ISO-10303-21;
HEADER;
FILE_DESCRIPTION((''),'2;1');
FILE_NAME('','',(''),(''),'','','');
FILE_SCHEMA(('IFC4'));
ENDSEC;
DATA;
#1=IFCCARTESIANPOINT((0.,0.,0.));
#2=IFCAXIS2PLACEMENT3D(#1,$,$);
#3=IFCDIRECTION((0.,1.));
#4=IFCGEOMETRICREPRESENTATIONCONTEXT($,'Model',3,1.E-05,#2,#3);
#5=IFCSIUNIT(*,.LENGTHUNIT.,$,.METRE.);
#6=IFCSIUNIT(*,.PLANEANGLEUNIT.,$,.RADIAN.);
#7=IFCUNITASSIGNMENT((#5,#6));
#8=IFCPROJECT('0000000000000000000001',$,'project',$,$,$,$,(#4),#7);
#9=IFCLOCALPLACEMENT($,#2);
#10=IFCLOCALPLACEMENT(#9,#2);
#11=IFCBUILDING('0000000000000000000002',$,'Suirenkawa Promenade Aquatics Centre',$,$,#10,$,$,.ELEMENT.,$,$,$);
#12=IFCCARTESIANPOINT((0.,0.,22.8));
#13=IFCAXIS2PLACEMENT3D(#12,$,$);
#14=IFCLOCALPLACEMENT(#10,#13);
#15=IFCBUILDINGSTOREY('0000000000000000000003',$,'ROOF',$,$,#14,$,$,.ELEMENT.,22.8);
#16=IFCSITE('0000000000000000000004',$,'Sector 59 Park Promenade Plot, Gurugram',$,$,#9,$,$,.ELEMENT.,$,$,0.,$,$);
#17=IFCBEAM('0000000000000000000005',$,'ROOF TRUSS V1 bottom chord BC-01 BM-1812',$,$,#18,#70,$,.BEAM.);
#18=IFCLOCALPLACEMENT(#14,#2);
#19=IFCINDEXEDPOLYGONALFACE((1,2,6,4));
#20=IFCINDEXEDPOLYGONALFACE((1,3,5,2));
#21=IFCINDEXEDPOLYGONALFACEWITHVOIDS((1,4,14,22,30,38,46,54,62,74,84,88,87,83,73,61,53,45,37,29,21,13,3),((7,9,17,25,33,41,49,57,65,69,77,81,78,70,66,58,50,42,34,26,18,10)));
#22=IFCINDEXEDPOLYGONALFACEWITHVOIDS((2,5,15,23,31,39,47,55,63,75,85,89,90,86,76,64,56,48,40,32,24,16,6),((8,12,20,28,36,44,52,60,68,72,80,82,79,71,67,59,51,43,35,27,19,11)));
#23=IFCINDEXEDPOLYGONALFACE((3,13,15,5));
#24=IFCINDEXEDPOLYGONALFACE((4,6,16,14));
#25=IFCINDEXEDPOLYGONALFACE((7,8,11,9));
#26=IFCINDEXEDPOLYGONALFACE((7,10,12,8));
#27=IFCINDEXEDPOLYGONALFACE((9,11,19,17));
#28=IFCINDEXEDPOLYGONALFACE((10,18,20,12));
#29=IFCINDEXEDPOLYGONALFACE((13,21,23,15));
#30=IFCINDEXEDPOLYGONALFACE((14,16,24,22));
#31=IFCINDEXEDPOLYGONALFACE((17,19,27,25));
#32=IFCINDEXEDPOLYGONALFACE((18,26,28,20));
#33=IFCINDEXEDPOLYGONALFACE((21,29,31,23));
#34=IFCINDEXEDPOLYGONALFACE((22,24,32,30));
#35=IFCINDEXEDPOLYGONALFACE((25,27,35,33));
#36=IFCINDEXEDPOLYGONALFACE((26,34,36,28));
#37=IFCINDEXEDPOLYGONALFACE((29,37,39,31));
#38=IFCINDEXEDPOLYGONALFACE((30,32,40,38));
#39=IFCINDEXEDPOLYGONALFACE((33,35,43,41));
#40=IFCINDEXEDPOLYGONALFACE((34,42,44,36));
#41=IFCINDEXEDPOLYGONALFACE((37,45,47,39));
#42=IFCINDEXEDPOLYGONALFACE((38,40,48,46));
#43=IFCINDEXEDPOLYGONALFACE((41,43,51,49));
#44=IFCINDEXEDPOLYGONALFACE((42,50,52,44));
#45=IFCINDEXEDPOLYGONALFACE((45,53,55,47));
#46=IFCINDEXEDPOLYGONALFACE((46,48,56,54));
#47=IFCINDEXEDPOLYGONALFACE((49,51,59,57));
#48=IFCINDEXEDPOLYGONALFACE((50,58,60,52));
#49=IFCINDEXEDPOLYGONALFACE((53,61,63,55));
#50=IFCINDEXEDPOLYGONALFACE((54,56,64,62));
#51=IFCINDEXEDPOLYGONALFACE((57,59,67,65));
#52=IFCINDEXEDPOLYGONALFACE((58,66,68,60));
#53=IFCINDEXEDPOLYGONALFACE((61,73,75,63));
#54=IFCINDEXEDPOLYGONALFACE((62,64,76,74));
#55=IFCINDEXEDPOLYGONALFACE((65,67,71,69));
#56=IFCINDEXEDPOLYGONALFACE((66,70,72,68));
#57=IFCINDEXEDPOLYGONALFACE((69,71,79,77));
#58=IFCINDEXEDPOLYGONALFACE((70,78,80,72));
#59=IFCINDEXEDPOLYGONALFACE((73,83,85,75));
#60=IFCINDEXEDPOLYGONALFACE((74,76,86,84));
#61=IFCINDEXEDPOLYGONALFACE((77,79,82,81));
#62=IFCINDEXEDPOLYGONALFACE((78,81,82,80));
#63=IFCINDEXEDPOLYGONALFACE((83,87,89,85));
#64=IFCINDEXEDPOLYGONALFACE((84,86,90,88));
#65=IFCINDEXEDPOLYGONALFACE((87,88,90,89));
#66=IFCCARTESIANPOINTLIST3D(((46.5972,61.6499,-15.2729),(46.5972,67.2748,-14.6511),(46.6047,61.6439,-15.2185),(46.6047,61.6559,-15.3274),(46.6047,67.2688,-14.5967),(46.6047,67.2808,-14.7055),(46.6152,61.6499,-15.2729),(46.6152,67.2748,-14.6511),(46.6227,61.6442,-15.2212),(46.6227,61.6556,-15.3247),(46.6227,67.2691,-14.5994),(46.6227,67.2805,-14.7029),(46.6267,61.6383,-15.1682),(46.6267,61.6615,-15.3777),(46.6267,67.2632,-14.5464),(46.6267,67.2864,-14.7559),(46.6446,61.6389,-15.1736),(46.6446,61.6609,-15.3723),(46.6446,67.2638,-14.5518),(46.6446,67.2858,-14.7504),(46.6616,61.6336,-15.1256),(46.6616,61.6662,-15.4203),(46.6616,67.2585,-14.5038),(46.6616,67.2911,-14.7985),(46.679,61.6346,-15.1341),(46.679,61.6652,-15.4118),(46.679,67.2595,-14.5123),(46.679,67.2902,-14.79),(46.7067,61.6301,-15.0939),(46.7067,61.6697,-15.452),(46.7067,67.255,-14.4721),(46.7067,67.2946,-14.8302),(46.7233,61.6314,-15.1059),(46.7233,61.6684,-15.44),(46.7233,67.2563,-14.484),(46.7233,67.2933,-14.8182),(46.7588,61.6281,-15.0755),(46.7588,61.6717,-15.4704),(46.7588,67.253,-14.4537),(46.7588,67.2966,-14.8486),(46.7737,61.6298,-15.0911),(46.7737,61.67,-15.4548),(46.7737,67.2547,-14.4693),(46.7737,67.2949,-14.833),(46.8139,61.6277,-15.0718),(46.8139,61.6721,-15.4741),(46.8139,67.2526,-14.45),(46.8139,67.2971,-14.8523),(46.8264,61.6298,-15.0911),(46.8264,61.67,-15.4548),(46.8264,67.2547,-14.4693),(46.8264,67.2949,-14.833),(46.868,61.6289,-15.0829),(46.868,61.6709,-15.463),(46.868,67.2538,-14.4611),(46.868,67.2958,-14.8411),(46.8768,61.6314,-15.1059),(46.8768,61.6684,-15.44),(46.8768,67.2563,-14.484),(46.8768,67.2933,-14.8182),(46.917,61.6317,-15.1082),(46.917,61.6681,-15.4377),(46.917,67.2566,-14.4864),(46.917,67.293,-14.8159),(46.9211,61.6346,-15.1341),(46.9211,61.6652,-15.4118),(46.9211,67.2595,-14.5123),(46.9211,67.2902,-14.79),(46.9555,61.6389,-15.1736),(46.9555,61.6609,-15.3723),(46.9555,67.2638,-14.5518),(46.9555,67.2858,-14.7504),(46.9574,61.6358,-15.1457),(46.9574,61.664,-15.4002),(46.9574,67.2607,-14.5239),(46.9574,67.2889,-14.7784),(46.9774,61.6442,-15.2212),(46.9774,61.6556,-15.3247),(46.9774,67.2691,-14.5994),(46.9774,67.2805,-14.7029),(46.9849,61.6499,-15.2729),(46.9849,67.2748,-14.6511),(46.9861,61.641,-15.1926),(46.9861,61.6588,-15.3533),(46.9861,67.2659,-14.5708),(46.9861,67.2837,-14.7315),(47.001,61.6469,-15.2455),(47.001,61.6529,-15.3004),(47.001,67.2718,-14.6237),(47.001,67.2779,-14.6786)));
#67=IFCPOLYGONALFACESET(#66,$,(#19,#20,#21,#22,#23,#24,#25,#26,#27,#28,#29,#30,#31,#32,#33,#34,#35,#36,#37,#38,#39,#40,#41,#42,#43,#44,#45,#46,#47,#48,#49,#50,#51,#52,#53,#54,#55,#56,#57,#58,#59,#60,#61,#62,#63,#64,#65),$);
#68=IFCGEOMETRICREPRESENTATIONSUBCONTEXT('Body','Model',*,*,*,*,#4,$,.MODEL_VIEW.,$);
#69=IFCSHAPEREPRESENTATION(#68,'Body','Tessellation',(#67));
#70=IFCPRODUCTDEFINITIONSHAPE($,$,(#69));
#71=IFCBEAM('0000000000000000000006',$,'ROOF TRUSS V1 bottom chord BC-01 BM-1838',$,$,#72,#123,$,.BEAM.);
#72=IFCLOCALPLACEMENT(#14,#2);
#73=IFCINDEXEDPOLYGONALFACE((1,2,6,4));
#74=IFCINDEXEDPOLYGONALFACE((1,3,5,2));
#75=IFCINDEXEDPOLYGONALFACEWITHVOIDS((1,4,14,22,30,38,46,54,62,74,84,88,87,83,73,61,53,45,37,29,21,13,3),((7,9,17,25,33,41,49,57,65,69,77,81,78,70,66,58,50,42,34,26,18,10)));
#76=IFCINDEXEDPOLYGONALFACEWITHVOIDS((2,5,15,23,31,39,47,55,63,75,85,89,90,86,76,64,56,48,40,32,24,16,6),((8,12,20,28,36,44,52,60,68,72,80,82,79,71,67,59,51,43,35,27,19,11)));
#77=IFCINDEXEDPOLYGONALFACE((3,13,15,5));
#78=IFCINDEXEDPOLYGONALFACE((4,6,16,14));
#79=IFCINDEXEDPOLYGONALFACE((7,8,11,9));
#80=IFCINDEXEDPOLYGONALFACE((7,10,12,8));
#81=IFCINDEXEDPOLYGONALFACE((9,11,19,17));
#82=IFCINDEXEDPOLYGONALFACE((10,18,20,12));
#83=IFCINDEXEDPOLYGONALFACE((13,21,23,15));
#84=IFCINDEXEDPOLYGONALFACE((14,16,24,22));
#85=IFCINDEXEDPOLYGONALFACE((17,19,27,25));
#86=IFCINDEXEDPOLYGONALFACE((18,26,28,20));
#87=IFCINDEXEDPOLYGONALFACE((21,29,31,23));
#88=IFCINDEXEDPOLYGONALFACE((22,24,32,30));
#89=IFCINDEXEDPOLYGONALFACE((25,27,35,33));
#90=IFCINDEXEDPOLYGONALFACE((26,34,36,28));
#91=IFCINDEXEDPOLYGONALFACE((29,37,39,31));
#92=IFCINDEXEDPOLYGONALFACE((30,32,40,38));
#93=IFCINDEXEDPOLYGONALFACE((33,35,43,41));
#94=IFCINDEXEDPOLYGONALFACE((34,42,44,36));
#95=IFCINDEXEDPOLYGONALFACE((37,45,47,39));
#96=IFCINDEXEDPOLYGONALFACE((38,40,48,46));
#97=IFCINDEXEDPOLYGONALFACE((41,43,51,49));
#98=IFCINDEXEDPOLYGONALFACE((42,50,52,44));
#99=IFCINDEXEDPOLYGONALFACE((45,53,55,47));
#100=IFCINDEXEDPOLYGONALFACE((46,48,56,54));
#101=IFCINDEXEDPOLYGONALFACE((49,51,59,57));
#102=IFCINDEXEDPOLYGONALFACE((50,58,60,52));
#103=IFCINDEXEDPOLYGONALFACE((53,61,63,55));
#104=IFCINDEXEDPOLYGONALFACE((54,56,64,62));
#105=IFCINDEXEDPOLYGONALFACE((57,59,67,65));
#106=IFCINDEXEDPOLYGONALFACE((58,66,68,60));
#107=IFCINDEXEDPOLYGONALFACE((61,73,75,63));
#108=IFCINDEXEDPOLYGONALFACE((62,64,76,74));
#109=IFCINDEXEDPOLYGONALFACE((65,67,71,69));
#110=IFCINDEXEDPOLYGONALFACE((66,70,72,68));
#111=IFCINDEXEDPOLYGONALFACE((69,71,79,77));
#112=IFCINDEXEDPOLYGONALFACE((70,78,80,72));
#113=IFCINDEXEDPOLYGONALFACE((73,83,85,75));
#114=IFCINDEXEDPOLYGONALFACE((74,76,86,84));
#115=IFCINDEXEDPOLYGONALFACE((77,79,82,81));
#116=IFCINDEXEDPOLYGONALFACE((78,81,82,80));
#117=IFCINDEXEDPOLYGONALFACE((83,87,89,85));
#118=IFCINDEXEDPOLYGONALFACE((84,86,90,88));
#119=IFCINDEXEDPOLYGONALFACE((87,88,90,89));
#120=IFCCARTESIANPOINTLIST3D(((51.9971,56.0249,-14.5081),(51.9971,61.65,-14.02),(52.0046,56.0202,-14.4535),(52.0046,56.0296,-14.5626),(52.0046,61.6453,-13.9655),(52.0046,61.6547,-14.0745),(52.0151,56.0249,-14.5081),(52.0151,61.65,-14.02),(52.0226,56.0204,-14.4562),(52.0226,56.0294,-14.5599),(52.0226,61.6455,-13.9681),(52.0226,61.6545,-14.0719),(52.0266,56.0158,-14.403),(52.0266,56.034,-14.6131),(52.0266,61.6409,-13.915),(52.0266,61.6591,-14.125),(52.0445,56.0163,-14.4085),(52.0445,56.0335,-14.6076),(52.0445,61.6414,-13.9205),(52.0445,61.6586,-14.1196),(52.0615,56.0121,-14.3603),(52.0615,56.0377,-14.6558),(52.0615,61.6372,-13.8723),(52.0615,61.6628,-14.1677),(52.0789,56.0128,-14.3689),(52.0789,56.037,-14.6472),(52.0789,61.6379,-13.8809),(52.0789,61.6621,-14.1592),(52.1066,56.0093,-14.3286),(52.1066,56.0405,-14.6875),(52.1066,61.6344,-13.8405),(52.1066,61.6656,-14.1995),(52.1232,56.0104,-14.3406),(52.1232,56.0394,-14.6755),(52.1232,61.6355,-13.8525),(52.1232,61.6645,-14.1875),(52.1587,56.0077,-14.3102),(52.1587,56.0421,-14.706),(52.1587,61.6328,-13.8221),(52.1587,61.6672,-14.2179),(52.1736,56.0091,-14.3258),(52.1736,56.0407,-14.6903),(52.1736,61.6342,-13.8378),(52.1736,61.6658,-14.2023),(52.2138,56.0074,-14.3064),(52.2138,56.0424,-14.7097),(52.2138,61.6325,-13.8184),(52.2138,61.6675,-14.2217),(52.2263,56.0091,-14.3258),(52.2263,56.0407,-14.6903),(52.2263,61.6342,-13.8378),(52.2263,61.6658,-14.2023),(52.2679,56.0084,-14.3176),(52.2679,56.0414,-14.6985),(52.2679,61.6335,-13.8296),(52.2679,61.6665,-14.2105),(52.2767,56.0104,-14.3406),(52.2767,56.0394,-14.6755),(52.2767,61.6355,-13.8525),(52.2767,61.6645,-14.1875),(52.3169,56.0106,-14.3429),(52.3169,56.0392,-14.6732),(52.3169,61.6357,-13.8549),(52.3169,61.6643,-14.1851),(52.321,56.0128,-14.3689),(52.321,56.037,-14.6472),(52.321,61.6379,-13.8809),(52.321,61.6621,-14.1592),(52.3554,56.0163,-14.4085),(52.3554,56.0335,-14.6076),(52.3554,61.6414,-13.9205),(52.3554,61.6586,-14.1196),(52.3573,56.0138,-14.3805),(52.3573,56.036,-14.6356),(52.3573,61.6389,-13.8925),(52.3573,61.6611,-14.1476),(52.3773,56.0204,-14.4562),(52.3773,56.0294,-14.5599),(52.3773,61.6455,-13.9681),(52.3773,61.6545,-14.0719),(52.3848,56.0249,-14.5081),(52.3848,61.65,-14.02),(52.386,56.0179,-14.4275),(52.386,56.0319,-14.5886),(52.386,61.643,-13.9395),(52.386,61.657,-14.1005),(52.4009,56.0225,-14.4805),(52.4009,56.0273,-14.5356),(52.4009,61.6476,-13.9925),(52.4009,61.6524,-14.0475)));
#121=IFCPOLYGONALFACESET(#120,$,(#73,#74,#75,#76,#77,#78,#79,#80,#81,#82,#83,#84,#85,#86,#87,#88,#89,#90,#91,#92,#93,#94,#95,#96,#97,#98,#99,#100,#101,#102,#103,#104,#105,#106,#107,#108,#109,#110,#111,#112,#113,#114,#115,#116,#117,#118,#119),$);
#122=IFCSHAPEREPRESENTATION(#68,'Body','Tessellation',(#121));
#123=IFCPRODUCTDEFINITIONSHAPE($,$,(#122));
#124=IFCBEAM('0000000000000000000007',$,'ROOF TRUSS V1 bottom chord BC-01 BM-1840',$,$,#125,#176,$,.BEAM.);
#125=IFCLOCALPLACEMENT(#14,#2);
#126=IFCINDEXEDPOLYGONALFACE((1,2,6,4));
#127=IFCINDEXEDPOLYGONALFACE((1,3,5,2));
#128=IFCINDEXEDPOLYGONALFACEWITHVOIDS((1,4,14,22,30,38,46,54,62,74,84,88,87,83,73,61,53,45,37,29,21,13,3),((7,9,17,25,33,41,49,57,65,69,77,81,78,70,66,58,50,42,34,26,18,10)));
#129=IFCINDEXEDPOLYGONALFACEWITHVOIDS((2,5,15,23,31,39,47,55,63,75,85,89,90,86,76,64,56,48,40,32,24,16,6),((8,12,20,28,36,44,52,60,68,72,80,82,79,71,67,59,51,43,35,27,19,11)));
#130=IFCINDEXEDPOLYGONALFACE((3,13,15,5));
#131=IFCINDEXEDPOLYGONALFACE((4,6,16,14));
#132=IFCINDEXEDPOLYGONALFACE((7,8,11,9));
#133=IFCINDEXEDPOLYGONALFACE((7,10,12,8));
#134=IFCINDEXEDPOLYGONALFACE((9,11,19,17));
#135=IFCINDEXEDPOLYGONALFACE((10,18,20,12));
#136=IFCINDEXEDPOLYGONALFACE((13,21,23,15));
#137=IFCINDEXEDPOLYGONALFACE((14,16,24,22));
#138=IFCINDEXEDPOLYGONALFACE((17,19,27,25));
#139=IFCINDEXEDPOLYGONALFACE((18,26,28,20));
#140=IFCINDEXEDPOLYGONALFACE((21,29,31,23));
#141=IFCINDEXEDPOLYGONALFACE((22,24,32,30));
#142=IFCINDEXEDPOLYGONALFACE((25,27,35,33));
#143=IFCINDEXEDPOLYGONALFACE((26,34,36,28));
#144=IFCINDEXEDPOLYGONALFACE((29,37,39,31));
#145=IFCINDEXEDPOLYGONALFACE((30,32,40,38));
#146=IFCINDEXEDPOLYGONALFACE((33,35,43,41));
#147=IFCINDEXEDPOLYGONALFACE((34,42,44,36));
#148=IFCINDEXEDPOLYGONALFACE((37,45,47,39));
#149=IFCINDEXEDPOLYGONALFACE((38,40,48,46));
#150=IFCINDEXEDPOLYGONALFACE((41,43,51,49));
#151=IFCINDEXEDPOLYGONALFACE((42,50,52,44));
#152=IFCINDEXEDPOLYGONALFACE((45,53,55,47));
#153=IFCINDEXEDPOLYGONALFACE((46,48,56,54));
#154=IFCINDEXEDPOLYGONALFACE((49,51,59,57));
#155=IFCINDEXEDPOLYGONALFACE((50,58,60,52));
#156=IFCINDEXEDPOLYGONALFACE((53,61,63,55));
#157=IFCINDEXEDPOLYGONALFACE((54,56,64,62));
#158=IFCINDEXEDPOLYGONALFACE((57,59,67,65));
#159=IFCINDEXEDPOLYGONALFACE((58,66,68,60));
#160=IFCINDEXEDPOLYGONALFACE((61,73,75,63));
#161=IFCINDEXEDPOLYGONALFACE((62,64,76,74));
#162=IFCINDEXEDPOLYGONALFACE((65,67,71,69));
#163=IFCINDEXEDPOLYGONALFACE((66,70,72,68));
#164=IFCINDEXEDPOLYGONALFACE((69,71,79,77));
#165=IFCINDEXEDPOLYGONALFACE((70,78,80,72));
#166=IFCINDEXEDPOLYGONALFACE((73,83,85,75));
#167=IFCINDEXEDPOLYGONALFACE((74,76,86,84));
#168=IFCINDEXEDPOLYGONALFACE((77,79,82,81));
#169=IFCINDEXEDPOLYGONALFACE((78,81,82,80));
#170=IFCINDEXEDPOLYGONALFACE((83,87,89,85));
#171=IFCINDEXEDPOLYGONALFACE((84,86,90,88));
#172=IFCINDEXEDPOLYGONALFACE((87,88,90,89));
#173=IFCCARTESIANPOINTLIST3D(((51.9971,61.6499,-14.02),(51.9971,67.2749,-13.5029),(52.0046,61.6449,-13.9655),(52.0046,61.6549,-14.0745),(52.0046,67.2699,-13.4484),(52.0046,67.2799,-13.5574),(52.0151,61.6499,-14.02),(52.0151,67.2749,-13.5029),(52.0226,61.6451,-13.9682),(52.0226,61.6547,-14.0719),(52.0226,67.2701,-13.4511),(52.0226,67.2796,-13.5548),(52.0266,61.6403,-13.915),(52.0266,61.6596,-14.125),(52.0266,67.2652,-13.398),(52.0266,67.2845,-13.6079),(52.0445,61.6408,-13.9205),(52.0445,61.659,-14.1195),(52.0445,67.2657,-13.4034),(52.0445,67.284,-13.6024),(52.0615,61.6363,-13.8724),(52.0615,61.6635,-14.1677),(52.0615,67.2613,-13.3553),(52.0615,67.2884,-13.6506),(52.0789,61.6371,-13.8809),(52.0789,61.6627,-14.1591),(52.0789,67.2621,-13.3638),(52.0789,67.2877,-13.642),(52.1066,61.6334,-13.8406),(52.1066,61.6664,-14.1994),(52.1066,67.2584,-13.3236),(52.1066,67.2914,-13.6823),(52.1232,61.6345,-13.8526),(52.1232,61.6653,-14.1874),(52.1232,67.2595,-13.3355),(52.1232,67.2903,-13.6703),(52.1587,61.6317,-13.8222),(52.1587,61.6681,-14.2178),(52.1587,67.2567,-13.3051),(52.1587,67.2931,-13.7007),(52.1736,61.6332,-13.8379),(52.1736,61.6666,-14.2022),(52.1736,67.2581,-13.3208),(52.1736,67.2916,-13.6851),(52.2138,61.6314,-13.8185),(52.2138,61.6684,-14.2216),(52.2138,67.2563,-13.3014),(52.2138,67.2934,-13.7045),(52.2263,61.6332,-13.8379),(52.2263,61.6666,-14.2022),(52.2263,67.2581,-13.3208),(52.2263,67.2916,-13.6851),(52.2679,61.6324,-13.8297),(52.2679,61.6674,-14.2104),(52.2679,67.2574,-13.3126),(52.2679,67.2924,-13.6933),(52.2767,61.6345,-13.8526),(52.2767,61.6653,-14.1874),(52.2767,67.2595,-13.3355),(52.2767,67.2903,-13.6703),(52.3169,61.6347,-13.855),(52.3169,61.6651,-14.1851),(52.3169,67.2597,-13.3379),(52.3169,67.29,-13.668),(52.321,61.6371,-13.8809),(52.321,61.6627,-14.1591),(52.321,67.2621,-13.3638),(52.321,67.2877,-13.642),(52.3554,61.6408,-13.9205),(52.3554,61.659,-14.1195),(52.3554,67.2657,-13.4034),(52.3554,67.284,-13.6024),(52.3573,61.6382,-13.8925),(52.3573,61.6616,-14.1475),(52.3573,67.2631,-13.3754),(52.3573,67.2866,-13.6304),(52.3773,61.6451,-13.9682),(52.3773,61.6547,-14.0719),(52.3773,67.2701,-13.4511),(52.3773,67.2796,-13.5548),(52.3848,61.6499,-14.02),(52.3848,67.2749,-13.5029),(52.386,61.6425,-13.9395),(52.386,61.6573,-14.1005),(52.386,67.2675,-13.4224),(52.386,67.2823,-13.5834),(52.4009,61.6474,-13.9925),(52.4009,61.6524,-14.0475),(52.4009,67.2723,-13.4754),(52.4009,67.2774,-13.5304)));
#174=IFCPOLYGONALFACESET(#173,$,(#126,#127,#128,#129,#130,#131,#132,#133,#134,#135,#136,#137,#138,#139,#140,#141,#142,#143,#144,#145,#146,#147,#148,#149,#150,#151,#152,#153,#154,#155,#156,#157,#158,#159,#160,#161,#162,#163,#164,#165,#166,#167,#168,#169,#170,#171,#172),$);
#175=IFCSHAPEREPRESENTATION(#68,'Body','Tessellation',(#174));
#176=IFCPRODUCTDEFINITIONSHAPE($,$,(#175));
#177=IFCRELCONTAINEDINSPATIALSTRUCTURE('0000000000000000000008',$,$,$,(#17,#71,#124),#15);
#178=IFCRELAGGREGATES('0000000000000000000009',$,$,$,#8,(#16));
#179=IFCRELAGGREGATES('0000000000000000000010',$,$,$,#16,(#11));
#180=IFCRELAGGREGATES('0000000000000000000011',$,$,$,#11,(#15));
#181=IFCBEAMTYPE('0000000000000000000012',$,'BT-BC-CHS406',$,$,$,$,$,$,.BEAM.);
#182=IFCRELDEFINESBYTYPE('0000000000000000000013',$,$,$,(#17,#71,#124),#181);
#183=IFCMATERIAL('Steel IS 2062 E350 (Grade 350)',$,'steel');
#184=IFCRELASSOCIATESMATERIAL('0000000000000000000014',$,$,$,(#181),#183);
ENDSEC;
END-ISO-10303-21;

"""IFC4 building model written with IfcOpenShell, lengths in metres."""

from ifc_helpers import new_model, si_unit, direction, frame, origin, origin_2d, place, context, subcontext, project, spatial, hollow_circle, extrude, material, material_profile, profile_set, type_object, element, save


model = new_model("IFC4")

# Units and contexts
model_context = context("Model", 3, precision=1e-05, world=origin(), true_north=direction((0.0, 1.0)))
body_context = subcontext(model_context, "Body", "Model", "MODEL_VIEW")
ifc_project = project(units=[si_unit("LENGTHUNIT", "METRE"), si_unit("PLANEANGLEUNIT", "RADIAN")], contexts=[model_context])

# Site, building, storey
site_placement = place(None, origin())
site = spatial("IfcSite", under=ifc_project, at=site_placement, Name="Sector 59 Park Promenade Plot, Gurugram", CompositionType="ELEMENT", RefElevation=0.0)
building_placement = place(site_placement, origin())
building = spatial("IfcBuilding", under=site, at=building_placement, Name="Suirenkawa Promenade Aquatics Centre", CompositionType="ELEMENT")
storey_placement = place(building_placement, frame((0.0, 0.0, 22.8)))
storey = spatial("IfcBuildingStorey", under=building, at=storey_placement, Name="ROOF", CompositionType="ELEMENT", Elevation=22.8)

# Beams
ifc_material = material(Name="Steel IS 2062 E350 (Grade 350)", Category="steel")
ifc_material_profile_1 = material_profile(ifc_material, hollow_circle(Radius=0.2029, WallThickness=0.0181, at=origin_2d()), Name="CHS 406x18", Category="steel")
ifc_profile_set_1 = profile_set([ifc_material_profile_1], Name="Steel IS 2062 E350 (Grade 350)")
beam_type_1 = type_object("IfcBeamType", Name="BT-BC-CHS406", PredefinedType="BEAM", material=ifc_profile_set_1)
beam_1_placement = place(storey_placement, frame((46.8, 61.6499, -15.2729), z_axis=(0.0, 0.993945, 0.109878), x_axis=(-1.0, 0.0, 0.0)))
element("IfcBeam", 1, at=beam_1_placement, inside=storey, type_object=beam_type_1, Name="ROOF TRUSS V1 bottom chord BC-01 BM-1812", PredefinedType="BEAM", context=body_context, shape_type="SweptSolid", body=[
    extrude(hollow_circle(Radius=0.2029, WallThickness=0.0181, at=origin_2d()), origin(), (0.0, 0.0, 1.0), 5.6592),
])
beam_2_placement = place(storey_placement, frame((52.2, 56.0249, -14.5081), z_axis=(0.0, 0.996257, 0.086437), x_axis=(-1.0, 0.0, 0.0)))
element("IfcBeam", 2, at=beam_2_placement, inside=storey, type_object=beam_type_1, Name="ROOF TRUSS V1 bottom chord BC-01 BM-1838", PredefinedType="BEAM", context=body_context, shape_type="SweptSolid", body=[
    extrude(hollow_circle(Radius=0.2029, WallThickness=0.0181, at=origin_2d()), origin(), (0.0, 0.0, 1.0), 5.6462),
])
beam_3_placement = place(storey_placement, frame((52.2, 61.6499, -14.02), z_axis=(0.0, 0.995801, 0.091541), x_axis=(-1.0, 0.0, 0.0)))
element("IfcBeam", 3, at=beam_3_placement, inside=storey, type_object=beam_type_1, Name="ROOF TRUSS V1 bottom chord BC-01 BM-1840", PredefinedType="BEAM", context=body_context, shape_type="SweptSolid", body=[
    extrude(hollow_circle(Radius=0.2029, WallThickness=0.0181, at=origin_2d()), origin(), (0.0, 0.0, 1.0), 5.6487),
])

save(model, "model.ifc")
